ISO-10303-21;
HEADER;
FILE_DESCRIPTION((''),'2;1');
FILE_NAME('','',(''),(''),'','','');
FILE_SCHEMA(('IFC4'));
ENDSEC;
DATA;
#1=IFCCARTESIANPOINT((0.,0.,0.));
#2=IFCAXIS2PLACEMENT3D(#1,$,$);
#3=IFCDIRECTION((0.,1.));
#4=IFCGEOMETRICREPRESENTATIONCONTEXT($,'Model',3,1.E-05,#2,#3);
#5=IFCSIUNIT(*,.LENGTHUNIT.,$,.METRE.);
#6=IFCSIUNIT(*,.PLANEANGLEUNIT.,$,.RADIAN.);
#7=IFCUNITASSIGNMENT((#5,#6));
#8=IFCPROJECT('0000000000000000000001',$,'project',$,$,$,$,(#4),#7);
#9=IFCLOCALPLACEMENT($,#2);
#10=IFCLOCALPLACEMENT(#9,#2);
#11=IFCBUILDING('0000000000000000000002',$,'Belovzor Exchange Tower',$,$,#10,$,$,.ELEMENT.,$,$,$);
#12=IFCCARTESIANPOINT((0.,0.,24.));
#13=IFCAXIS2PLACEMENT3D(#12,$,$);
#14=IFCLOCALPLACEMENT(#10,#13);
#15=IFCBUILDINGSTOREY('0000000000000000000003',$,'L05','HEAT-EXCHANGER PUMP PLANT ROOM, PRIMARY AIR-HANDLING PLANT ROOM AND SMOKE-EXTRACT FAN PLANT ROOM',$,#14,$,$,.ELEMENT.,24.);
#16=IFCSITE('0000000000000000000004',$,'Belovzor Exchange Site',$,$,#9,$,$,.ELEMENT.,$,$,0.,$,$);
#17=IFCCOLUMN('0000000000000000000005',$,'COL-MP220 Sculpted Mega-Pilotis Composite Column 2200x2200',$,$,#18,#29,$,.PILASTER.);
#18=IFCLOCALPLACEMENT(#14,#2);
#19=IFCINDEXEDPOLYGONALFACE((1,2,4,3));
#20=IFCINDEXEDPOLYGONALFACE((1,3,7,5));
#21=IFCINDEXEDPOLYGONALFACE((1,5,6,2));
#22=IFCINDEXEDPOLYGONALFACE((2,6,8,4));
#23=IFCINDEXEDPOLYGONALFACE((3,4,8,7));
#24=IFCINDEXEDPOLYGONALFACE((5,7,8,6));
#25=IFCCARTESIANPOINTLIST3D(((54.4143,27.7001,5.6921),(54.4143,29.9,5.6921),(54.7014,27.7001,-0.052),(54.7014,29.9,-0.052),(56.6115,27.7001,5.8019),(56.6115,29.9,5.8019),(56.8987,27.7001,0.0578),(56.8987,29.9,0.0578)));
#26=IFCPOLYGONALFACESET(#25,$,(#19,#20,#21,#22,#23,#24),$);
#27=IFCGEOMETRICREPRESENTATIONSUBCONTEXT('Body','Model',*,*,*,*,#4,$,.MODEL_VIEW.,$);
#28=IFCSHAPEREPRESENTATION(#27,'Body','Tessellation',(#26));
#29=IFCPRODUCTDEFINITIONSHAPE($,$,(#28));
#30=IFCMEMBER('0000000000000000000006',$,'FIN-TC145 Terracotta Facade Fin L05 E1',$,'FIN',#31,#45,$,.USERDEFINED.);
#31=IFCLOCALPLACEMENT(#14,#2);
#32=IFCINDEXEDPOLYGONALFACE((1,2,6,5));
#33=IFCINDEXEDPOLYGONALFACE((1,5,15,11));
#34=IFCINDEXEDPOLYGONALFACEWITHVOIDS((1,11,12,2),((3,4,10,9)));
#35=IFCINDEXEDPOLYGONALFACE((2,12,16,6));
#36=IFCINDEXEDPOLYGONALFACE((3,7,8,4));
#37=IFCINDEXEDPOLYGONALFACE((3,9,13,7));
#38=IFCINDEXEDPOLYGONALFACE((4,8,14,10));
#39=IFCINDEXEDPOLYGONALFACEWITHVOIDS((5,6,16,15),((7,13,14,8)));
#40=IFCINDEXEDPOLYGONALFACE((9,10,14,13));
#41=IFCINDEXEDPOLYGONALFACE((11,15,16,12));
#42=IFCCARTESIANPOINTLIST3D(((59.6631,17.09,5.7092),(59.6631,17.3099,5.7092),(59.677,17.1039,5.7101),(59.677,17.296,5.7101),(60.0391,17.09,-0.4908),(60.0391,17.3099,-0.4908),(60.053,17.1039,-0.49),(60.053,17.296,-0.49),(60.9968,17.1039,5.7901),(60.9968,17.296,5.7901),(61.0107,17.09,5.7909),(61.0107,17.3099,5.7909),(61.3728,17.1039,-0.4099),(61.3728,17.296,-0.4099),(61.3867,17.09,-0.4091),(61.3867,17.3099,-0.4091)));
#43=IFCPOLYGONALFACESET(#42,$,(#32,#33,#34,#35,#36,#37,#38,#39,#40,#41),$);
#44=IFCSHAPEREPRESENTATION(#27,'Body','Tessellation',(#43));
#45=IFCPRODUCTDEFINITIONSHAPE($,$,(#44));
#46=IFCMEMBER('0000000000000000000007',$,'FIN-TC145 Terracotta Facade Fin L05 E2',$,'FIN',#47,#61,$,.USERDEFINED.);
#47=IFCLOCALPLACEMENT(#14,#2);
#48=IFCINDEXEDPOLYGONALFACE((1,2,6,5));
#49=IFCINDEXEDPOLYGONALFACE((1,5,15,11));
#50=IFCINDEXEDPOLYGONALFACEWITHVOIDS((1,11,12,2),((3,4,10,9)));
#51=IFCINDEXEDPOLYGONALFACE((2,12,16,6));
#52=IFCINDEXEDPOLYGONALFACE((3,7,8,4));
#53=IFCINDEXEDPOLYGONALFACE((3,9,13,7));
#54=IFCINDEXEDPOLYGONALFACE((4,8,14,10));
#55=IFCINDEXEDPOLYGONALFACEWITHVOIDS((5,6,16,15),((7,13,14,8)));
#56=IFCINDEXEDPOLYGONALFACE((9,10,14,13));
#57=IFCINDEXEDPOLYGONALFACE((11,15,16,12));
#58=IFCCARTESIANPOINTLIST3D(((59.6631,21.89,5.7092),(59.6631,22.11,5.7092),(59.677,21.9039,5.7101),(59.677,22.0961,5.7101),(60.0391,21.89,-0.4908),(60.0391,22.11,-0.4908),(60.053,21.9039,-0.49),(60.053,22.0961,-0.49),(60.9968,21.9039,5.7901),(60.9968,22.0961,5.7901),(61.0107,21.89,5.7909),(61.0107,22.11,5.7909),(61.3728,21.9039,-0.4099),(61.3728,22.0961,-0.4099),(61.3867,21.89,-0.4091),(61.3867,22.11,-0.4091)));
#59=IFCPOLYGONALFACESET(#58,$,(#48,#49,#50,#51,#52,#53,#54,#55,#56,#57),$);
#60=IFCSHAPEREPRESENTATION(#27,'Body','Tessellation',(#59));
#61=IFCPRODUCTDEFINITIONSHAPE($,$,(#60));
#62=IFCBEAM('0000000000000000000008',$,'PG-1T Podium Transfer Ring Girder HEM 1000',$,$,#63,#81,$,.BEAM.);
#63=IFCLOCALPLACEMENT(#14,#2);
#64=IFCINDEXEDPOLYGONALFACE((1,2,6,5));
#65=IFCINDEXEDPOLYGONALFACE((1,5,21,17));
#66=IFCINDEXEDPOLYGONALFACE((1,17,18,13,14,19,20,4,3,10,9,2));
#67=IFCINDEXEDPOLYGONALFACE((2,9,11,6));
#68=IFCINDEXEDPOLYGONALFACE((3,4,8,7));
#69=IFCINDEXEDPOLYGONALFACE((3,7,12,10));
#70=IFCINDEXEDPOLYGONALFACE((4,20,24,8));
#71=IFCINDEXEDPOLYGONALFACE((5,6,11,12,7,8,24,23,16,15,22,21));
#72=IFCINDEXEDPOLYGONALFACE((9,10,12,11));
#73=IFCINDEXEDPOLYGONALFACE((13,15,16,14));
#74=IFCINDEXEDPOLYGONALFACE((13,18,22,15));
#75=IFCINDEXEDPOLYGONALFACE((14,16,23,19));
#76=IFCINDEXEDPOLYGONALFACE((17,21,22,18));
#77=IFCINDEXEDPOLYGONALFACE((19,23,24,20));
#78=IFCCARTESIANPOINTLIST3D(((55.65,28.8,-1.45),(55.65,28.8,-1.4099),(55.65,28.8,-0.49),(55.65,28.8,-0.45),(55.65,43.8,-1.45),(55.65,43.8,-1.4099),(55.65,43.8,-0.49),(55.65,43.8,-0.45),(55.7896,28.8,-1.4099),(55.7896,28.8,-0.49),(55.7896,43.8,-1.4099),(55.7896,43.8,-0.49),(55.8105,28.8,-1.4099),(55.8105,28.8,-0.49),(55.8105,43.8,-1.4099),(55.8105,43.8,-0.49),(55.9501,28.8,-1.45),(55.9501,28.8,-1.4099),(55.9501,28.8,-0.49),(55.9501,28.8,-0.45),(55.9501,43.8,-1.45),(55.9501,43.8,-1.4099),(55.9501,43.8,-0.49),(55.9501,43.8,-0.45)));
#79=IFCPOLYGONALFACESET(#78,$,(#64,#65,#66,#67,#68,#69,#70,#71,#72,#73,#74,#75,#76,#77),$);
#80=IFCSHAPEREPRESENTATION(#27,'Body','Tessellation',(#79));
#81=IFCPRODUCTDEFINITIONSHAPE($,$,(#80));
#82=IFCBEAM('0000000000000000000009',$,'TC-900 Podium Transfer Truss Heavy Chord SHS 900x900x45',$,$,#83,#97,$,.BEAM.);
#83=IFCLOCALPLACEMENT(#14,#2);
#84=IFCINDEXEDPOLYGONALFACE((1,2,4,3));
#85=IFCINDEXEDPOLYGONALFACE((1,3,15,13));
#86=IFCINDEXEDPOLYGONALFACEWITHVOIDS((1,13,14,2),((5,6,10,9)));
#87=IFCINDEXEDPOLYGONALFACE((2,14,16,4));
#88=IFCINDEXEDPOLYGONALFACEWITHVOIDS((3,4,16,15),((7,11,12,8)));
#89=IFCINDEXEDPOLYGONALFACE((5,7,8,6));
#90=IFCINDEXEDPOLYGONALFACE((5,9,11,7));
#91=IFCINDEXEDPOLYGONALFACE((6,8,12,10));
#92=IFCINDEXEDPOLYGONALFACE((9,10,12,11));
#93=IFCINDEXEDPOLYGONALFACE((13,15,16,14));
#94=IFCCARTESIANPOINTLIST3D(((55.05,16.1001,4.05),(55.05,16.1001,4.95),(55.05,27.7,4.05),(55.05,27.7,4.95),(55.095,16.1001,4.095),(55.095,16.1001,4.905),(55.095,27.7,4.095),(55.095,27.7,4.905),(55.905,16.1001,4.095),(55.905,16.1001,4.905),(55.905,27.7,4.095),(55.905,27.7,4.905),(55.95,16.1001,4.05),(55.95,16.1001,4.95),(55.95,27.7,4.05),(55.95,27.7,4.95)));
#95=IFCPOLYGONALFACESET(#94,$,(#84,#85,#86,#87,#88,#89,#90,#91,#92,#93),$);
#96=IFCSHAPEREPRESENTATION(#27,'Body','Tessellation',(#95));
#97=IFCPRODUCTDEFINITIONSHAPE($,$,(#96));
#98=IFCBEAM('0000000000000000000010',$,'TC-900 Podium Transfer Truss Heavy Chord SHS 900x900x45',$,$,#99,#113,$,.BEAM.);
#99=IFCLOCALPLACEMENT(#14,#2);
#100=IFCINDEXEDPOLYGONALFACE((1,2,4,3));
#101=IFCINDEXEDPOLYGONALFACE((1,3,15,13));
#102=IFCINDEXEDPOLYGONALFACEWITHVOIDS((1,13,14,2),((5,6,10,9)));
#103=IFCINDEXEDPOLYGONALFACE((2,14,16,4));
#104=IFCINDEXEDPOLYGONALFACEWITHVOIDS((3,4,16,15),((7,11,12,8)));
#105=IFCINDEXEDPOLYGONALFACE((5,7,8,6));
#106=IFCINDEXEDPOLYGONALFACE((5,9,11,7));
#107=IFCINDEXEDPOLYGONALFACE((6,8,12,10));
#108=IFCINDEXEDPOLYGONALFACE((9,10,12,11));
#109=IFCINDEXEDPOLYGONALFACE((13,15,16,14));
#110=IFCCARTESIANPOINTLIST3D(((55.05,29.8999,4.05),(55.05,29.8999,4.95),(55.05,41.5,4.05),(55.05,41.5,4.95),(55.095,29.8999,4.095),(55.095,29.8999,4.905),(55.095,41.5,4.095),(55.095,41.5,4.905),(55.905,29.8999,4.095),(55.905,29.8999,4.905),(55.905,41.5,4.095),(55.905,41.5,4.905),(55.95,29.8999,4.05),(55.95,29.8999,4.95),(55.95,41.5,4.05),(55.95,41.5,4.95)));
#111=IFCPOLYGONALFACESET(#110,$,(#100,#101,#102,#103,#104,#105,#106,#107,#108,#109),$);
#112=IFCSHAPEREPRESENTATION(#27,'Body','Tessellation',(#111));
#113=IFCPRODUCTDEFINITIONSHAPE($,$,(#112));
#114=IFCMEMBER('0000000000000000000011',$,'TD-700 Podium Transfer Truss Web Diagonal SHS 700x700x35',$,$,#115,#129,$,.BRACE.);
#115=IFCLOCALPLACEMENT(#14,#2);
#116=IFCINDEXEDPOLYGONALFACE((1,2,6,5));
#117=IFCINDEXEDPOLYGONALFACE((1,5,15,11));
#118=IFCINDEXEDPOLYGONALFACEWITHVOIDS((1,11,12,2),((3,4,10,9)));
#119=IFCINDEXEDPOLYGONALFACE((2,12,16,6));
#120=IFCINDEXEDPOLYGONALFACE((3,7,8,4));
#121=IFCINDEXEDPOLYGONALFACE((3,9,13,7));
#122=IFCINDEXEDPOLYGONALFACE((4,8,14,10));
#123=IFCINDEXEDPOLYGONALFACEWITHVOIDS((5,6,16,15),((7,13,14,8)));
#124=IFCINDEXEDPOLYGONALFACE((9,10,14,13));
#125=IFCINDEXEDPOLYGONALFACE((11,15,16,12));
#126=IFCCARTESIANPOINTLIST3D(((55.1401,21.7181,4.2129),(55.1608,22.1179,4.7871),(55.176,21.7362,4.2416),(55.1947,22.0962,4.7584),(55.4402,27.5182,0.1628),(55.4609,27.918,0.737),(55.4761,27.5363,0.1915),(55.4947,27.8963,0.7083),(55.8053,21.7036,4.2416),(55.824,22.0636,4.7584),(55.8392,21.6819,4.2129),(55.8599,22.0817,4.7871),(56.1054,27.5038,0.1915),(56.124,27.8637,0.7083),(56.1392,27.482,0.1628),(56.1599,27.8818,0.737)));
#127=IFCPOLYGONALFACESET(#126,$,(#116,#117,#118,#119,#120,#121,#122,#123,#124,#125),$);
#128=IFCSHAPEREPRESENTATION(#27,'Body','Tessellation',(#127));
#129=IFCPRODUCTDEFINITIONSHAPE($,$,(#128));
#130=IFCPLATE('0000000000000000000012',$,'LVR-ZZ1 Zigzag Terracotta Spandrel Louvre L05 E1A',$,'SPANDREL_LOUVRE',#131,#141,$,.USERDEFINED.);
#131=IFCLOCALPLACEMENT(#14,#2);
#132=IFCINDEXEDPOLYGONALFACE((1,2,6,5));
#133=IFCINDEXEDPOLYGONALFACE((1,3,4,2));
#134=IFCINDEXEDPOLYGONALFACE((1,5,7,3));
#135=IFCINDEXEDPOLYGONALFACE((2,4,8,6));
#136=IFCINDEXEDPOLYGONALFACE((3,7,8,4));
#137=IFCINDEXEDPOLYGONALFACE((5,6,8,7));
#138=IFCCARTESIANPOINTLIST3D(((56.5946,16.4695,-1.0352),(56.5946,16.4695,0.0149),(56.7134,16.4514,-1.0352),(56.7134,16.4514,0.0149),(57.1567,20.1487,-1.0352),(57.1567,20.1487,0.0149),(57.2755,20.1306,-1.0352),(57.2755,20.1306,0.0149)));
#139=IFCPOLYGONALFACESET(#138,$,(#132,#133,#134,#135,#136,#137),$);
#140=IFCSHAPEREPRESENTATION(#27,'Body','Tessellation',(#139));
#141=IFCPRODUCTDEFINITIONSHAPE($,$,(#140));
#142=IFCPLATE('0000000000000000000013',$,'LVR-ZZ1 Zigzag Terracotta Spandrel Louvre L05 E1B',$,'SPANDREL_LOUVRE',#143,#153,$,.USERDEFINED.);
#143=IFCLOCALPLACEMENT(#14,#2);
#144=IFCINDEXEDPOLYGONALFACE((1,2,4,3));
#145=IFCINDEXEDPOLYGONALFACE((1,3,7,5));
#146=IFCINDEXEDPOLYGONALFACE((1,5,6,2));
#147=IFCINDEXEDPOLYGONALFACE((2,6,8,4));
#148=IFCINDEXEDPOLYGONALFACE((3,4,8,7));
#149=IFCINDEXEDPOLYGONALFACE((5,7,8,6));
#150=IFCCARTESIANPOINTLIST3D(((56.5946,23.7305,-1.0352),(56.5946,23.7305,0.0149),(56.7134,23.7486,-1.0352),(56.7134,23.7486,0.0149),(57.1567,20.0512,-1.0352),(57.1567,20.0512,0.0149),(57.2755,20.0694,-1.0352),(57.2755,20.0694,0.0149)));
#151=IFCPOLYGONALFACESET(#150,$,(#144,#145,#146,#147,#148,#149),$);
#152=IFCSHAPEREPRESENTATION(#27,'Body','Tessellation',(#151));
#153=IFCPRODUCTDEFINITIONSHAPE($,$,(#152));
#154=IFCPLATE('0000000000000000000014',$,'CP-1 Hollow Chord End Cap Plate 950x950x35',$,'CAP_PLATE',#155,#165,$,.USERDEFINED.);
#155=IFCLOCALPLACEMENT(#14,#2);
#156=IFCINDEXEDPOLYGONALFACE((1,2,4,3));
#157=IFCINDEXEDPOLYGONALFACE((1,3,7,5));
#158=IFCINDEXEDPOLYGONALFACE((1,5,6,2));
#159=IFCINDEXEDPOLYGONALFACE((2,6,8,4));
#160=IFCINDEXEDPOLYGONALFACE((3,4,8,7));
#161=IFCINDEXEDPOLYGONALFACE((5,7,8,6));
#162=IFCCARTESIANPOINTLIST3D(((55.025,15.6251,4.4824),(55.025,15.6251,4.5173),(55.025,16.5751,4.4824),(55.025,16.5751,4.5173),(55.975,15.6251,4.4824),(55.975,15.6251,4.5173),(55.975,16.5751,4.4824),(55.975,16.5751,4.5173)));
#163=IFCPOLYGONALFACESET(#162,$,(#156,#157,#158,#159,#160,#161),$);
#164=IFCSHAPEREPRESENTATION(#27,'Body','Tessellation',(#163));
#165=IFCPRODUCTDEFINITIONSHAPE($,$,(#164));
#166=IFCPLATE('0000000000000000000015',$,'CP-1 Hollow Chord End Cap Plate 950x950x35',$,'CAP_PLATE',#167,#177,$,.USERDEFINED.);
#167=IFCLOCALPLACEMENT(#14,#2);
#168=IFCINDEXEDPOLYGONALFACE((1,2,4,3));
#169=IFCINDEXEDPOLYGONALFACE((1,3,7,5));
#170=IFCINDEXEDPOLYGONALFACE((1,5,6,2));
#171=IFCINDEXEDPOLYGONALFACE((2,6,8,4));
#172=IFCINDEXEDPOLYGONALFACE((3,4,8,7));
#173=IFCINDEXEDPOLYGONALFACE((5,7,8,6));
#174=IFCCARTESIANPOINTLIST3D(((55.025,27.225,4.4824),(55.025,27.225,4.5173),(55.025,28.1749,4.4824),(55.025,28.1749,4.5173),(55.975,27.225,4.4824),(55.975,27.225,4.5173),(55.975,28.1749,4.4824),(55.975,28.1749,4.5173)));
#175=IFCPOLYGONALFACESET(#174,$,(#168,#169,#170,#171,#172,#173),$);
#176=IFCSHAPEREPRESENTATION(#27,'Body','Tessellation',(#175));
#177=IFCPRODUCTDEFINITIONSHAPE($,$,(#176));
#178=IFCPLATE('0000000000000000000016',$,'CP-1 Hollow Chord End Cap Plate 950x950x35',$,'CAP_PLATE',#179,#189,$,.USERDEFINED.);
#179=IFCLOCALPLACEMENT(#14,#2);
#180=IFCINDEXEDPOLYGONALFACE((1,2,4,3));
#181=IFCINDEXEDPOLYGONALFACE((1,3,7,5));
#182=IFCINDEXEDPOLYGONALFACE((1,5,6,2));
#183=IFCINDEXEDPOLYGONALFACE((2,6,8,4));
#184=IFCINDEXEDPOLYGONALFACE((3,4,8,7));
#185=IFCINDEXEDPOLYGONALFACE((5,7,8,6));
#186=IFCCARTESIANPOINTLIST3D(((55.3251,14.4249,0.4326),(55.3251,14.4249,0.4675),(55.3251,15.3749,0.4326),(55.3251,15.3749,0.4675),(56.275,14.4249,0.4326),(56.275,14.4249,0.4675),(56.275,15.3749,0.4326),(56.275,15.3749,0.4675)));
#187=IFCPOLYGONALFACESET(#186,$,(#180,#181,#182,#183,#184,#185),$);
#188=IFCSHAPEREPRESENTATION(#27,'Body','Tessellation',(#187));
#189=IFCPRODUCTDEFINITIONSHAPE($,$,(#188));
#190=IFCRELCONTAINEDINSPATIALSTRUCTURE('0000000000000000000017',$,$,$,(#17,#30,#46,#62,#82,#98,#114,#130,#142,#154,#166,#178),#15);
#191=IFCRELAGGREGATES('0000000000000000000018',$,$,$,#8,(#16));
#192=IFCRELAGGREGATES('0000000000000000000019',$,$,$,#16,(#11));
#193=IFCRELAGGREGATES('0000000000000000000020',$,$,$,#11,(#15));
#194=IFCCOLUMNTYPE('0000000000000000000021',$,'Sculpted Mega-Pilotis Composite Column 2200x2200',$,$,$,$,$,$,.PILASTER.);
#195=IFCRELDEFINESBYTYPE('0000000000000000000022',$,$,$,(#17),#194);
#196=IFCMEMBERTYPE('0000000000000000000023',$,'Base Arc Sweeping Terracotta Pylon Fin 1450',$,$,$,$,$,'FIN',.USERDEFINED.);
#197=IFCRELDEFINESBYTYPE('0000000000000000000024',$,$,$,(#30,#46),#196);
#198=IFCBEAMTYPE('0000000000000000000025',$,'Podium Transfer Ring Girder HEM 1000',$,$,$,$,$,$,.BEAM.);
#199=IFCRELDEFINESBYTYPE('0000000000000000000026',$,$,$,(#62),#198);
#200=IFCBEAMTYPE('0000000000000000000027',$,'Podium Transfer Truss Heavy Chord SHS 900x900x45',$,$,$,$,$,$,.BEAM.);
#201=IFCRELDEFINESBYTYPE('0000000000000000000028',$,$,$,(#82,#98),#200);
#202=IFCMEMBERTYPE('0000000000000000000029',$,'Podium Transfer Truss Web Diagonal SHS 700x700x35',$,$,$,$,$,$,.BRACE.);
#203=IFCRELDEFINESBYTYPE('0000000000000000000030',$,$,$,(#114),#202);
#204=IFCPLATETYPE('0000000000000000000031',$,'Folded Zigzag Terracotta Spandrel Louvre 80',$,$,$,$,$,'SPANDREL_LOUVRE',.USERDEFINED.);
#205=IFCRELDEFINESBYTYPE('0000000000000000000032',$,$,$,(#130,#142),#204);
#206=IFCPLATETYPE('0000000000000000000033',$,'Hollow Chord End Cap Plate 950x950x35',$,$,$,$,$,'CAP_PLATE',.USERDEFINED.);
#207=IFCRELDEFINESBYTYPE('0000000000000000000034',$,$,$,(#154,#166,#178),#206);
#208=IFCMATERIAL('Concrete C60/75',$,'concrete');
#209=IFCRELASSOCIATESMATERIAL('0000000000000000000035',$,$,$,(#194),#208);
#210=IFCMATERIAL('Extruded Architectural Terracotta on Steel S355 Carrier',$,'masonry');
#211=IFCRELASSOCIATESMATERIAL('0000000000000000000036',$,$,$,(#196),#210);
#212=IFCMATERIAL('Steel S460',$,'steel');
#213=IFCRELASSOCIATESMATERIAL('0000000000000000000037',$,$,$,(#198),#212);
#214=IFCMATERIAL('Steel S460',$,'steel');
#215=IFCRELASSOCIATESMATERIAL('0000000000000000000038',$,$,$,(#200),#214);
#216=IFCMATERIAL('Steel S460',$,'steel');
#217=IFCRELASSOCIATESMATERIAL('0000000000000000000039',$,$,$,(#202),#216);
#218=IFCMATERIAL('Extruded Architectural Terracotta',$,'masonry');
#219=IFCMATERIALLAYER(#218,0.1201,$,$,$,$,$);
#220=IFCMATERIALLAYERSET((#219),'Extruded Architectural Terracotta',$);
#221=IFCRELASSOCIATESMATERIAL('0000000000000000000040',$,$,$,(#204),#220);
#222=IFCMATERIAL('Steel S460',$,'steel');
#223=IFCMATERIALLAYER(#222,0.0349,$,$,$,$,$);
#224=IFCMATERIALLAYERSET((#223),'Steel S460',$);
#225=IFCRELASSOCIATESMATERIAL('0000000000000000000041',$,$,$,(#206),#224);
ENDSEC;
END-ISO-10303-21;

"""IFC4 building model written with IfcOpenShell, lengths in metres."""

from ifc_helpers import new_model, si_unit, direction, frame, origin, origin_2d, place, context, subcontext, project, spatial, rectangle, hollow_rectangle, i_section, extrude, material, layer, layer_set, material_profile, profile_set, type_object, element, save


model = new_model("IFC4")

# Units and contexts
model_context = context("Model", 3, precision=1e-05, world=origin(), true_north=direction((0.0, 1.0)))
body_context = subcontext(model_context, "Body", "Model", "MODEL_VIEW")
ifc_project = project(units=[si_unit("LENGTHUNIT", "METRE"), si_unit("PLANEANGLEUNIT", "RADIAN")], contexts=[model_context])

# Site, building, storey
site_placement = place(None, origin())
site = spatial("IfcSite", under=ifc_project, at=site_placement, Name="Belovzor Exchange Site", CompositionType="ELEMENT", RefElevation=0.0)
building_placement = place(site_placement, origin())
building = spatial("IfcBuilding", under=site, at=building_placement, Name="Belovzor Exchange Tower", CompositionType="ELEMENT")
storey_placement = place(building_placement, frame((0.0, 0.0, 24.0)))
storey = spatial("IfcBuildingStorey", under=building, at=storey_placement, Name="L05", Description="HEAT-EXCHANGER PUMP PLANT ROOM, PRIMARY AIR-HANDLING PLANT ROOM AND SMOKE-EXTRACT FAN PLANT ROOM", CompositionType="ELEMENT", Elevation=24.0)

# Column
ifc_material_1 = material(Name="Concrete C60/75", Category="concrete")
ifc_material_profile_1 = material_profile(ifc_material_1, rectangle(XDim=2.2, YDim=2.2, at=origin_2d()))
ifc_profile_set_1 = profile_set([ifc_material_profile_1], Name="Concrete C60/75")
column_type = type_object("IfcColumnType", Name="Sculpted Mega-Pilotis Composite Column 2200x2200", PredefinedType="PILASTER", material=ifc_profile_set_1)
column_placement = place(storey_placement, frame((55.8, 28.8, 0.0029), z_axis=(-0.049921, 0.0, 0.998753), x_axis=(0.0, -1.0, 0.0)))
element("IfcColumn", 1, at=column_placement, inside=storey, type_object=column_type, Name="COL-MP220 Sculpted Mega-Pilotis Composite Column 2200x2200", PredefinedType="PILASTER", context=body_context, shape_type="SweptSolid", body=[
    extrude(rectangle(XDim=2.2, YDim=2.2, at=origin_2d()), origin(), (0.0, 0.0, 1.0), 5.7512),
])

# Members
ifc_material_2 = material(Name="Extruded Architectural Terracotta on Steel S355 Carrier", Category="masonry")
ifc_material_profile_2 = material_profile(ifc_material_2, hollow_rectangle(XDim=0.22, YDim=1.3501, WallThickness=0.0139, at=origin_2d()))
ifc_profile_set_2 = profile_set([ifc_material_profile_2], Name="Extruded Architectural Terracotta on Steel S355 Carrier")
member_type_1 = type_object("IfcMemberType", Name="Base Arc Sweeping Terracotta Pylon Fin 1450", ElementType="FIN", PredefinedType="USERDEFINED", material=ifc_profile_set_2)
for number, where, z_axis, x_axis, name in (
    (2, (60.7129, 17.2, -0.45), (-0.060531, 0.0, 0.998166), (0.0, -1.0, 0.0), "FIN-TC145 Terracotta Facade Fin L05 E1"),
    (3, (60.7129, 22.0, -0.45), (-0.060531, 0.0, 0.998166), (0.0, -1.0, 0.0), "FIN-TC145 Terracotta Facade Fin L05 E2"),
):
    element("IfcMember", number, at=place(storey_placement, frame(where, z_axis=z_axis, x_axis=x_axis)), inside=storey, type_object=member_type_1, Name=name, ObjectType="FIN", PredefinedType="USERDEFINED", context=body_context, shape_type="SweptSolid", body=[
        extrude(hollow_rectangle(XDim=0.22, YDim=1.3501, WallThickness=0.0139, at=origin_2d()), origin(), (0.0, 0.0, 1.0), 6.2114),
    ])

# Beams
ifc_material_3 = material(Name="Steel S460", Category="steel")
ifc_material_profile_3 = material_profile(ifc_material_3, i_section(OverallWidth=0.3, OverallDepth=1.0, WebThickness=0.021, FlangeThickness=0.04, at=origin_2d()))
ifc_profile_set_3 = profile_set([ifc_material_profile_3], Name="Steel S460")
beam_type_1 = type_object("IfcBeamType", Name="Podium Transfer Ring Girder HEM 1000", PredefinedType="BEAM", material=ifc_profile_set_3)
beam_1_placement = place(storey_placement, frame((55.8, 28.8, -0.95), z_axis=(0.0, 1.0, 0.0), x_axis=(-1.0, 0.0, 0.0)))
element("IfcBeam", 4, at=beam_1_placement, inside=storey, type_object=beam_type_1, Name="PG-1T Podium Transfer Ring Girder HEM 1000", PredefinedType="BEAM", context=body_context, shape_type="SweptSolid", body=[
    extrude(i_section(OverallWidth=0.3, OverallDepth=1.0, WebThickness=0.021, FlangeThickness=0.04, at=origin_2d()), origin(), (0.0, 0.0, 1.0), 15.0),
])
ifc_material_4 = material(Name="Steel S460", Category="steel")
ifc_material_profile_4 = material_profile(ifc_material_4, hollow_rectangle(XDim=0.8999, YDim=0.8999, WallThickness=0.0449, at=origin_2d()))
ifc_profile_set_4 = profile_set([ifc_material_profile_4], Name="Steel S460")
beam_type_2 = type_object("IfcBeamType", Name="Podium Transfer Truss Heavy Chord SHS 900x900x45", PredefinedType="BEAM", material=ifc_profile_set_4)
beam_2_placement = place(storey_placement, frame((55.5, 16.1001, 4.5), z_axis=(0.0, 1.0, 0.0), x_axis=(-1.0, 0.0, 0.0)))
element("IfcBeam", 5, at=beam_2_placement, inside=storey, type_object=beam_type_2, Name="TC-900 Podium Transfer Truss Heavy Chord SHS 900x900x45", PredefinedType="BEAM", context=body_context, shape_type="SweptSolid", body=[
    extrude(hollow_rectangle(XDim=0.8999, YDim=0.8999, WallThickness=0.0449, at=origin_2d()), origin(), (0.0, 0.0, 1.0), 11.5999),
])
beam_3_placement = place(storey_placement, frame((55.5, 29.8999, 4.5), z_axis=(0.0, 1.0, 0.0), x_axis=(-1.0, 0.0, 0.0)))
element("IfcBeam", 6, at=beam_3_placement, inside=storey, type_object=beam_type_2, Name="TC-900 Podium Transfer Truss Heavy Chord SHS 900x900x45", PredefinedType="BEAM", context=body_context, shape_type="SweptSolid", body=[
    extrude(hollow_rectangle(XDim=0.8999, YDim=0.8999, WallThickness=0.0449, at=origin_2d()), origin(), (0.0, 0.0, 1.0), 11.6001),
])

# Member
ifc_material_5 = material(Name="Steel S460", Category="steel")
ifc_material_profile_5 = material_profile(ifc_material_5, hollow_rectangle(XDim=0.7, YDim=0.7, WallThickness=0.0349, at=origin_2d()))
ifc_profile_set_5 = profile_set([ifc_material_profile_5], Name="Steel S460")
member_type_2 = type_object("IfcMemberType", Name="Podium Transfer Truss Web Diagonal SHS 700x700x35", PredefinedType="BRACE", material=ifc_profile_set_5)
member_placement = place(storey_placement, frame((55.5, 21.8999, 4.5), z_axis=(0.042377, 0.819158, -0.572), x_axis=(-0.998665, 0.051663, 0.0)))
element("IfcMember", 7, at=member_placement, inside=storey, type_object=member_type_2, Name="TD-700 Podium Transfer Truss Web Diagonal SHS 700x700x35", PredefinedType="BRACE", context=body_context, shape_type="SweptSolid", body=[
    extrude(hollow_rectangle(XDim=0.7, YDim=0.7, WallThickness=0.0349, at=origin_2d()), origin(), (0.0, 0.0, 1.0), 7.0806),
])

# Plates
ifc_material_6 = material(Name="Extruded Architectural Terracotta", Category="masonry")
ifc_layer_1 = layer(ifc_material_6, 0.1201)
ifc_layer_set_1 = layer_set([ifc_layer_1], Name="Extruded Architectural Terracotta")
plate_type_1 = type_object("IfcPlateType", Name="Folded Zigzag Terracotta Spandrel Louvre 80", ElementType="SPANDREL_LOUVRE", PredefinedType="USERDEFINED", material=ifc_layer_set_1)
for number, where, z_axis, x_axis, name in (
    (8, (56.9351, 18.3, -1.0352), (0.0, 0.0, 1.0), (0.151019, 0.988531, 0.0), "LVR-ZZ1 Zigzag Terracotta Spandrel Louvre L05 E1A"),
    (9, (56.9351, 21.8999, -1.0352), (0.0, 0.0, 1.0), (-0.151019, 0.988531, 0.0), "LVR-ZZ1 Zigzag Terracotta Spandrel Louvre L05 E1B"),
):
    element("IfcPlate", number, at=place(storey_placement, frame(where, z_axis=z_axis, x_axis=x_axis)), inside=storey, type_object=plate_type_1, Name=name, ObjectType="SPANDREL_LOUVRE", PredefinedType="USERDEFINED", context=body_context, shape_type="SweptSolid", body=[
        extrude(rectangle(XDim=3.7219, YDim=0.1201, at=origin_2d()), origin(), (0.0, 0.0, 1.0), 1.05),
    ])
ifc_material_7 = material(Name="Steel S460", Category="steel")
ifc_layer_2 = layer(ifc_material_7, 0.0349)
ifc_layer_set_2 = layer_set([ifc_layer_2], Name="Steel S460")
plate_type_2 = type_object("IfcPlateType", Name="Hollow Chord End Cap Plate 950x950x35", ElementType="CAP_PLATE", PredefinedType="USERDEFINED", material=ifc_layer_set_2)
for number, where, z_axis, x_axis, name in (
    (10, (55.5, 16.1001, 4.4824), (0.0, 0.0, 1.0), (0.0, 1.0, 0.0), "CP-1 Hollow Chord End Cap Plate 950x950x35"),
    (11, (55.5, 27.7, 4.4824), (0.0, 0.0, 1.0), (0.0, 1.0, 0.0), "CP-1 Hollow Chord End Cap Plate 950x950x35"),
    (12, (55.8, 14.8999, 0.4326), (0.0, 0.0, 1.0), (0.0, 1.0, 0.0), "CP-1 Hollow Chord End Cap Plate 950x950x35"),
):
    element("IfcPlate", number, at=place(storey_placement, frame(where, z_axis=z_axis, x_axis=x_axis)), inside=storey, type_object=plate_type_2, Name=name, ObjectType="CAP_PLATE", PredefinedType="USERDEFINED", context=body_context, shape_type="SweptSolid", body=[
        extrude(rectangle(XDim=0.95, YDim=0.95, at=origin_2d()), origin(), (0.0, 0.0, 1.0), 0.0349),
    ])

save(model, "model.ifc")
